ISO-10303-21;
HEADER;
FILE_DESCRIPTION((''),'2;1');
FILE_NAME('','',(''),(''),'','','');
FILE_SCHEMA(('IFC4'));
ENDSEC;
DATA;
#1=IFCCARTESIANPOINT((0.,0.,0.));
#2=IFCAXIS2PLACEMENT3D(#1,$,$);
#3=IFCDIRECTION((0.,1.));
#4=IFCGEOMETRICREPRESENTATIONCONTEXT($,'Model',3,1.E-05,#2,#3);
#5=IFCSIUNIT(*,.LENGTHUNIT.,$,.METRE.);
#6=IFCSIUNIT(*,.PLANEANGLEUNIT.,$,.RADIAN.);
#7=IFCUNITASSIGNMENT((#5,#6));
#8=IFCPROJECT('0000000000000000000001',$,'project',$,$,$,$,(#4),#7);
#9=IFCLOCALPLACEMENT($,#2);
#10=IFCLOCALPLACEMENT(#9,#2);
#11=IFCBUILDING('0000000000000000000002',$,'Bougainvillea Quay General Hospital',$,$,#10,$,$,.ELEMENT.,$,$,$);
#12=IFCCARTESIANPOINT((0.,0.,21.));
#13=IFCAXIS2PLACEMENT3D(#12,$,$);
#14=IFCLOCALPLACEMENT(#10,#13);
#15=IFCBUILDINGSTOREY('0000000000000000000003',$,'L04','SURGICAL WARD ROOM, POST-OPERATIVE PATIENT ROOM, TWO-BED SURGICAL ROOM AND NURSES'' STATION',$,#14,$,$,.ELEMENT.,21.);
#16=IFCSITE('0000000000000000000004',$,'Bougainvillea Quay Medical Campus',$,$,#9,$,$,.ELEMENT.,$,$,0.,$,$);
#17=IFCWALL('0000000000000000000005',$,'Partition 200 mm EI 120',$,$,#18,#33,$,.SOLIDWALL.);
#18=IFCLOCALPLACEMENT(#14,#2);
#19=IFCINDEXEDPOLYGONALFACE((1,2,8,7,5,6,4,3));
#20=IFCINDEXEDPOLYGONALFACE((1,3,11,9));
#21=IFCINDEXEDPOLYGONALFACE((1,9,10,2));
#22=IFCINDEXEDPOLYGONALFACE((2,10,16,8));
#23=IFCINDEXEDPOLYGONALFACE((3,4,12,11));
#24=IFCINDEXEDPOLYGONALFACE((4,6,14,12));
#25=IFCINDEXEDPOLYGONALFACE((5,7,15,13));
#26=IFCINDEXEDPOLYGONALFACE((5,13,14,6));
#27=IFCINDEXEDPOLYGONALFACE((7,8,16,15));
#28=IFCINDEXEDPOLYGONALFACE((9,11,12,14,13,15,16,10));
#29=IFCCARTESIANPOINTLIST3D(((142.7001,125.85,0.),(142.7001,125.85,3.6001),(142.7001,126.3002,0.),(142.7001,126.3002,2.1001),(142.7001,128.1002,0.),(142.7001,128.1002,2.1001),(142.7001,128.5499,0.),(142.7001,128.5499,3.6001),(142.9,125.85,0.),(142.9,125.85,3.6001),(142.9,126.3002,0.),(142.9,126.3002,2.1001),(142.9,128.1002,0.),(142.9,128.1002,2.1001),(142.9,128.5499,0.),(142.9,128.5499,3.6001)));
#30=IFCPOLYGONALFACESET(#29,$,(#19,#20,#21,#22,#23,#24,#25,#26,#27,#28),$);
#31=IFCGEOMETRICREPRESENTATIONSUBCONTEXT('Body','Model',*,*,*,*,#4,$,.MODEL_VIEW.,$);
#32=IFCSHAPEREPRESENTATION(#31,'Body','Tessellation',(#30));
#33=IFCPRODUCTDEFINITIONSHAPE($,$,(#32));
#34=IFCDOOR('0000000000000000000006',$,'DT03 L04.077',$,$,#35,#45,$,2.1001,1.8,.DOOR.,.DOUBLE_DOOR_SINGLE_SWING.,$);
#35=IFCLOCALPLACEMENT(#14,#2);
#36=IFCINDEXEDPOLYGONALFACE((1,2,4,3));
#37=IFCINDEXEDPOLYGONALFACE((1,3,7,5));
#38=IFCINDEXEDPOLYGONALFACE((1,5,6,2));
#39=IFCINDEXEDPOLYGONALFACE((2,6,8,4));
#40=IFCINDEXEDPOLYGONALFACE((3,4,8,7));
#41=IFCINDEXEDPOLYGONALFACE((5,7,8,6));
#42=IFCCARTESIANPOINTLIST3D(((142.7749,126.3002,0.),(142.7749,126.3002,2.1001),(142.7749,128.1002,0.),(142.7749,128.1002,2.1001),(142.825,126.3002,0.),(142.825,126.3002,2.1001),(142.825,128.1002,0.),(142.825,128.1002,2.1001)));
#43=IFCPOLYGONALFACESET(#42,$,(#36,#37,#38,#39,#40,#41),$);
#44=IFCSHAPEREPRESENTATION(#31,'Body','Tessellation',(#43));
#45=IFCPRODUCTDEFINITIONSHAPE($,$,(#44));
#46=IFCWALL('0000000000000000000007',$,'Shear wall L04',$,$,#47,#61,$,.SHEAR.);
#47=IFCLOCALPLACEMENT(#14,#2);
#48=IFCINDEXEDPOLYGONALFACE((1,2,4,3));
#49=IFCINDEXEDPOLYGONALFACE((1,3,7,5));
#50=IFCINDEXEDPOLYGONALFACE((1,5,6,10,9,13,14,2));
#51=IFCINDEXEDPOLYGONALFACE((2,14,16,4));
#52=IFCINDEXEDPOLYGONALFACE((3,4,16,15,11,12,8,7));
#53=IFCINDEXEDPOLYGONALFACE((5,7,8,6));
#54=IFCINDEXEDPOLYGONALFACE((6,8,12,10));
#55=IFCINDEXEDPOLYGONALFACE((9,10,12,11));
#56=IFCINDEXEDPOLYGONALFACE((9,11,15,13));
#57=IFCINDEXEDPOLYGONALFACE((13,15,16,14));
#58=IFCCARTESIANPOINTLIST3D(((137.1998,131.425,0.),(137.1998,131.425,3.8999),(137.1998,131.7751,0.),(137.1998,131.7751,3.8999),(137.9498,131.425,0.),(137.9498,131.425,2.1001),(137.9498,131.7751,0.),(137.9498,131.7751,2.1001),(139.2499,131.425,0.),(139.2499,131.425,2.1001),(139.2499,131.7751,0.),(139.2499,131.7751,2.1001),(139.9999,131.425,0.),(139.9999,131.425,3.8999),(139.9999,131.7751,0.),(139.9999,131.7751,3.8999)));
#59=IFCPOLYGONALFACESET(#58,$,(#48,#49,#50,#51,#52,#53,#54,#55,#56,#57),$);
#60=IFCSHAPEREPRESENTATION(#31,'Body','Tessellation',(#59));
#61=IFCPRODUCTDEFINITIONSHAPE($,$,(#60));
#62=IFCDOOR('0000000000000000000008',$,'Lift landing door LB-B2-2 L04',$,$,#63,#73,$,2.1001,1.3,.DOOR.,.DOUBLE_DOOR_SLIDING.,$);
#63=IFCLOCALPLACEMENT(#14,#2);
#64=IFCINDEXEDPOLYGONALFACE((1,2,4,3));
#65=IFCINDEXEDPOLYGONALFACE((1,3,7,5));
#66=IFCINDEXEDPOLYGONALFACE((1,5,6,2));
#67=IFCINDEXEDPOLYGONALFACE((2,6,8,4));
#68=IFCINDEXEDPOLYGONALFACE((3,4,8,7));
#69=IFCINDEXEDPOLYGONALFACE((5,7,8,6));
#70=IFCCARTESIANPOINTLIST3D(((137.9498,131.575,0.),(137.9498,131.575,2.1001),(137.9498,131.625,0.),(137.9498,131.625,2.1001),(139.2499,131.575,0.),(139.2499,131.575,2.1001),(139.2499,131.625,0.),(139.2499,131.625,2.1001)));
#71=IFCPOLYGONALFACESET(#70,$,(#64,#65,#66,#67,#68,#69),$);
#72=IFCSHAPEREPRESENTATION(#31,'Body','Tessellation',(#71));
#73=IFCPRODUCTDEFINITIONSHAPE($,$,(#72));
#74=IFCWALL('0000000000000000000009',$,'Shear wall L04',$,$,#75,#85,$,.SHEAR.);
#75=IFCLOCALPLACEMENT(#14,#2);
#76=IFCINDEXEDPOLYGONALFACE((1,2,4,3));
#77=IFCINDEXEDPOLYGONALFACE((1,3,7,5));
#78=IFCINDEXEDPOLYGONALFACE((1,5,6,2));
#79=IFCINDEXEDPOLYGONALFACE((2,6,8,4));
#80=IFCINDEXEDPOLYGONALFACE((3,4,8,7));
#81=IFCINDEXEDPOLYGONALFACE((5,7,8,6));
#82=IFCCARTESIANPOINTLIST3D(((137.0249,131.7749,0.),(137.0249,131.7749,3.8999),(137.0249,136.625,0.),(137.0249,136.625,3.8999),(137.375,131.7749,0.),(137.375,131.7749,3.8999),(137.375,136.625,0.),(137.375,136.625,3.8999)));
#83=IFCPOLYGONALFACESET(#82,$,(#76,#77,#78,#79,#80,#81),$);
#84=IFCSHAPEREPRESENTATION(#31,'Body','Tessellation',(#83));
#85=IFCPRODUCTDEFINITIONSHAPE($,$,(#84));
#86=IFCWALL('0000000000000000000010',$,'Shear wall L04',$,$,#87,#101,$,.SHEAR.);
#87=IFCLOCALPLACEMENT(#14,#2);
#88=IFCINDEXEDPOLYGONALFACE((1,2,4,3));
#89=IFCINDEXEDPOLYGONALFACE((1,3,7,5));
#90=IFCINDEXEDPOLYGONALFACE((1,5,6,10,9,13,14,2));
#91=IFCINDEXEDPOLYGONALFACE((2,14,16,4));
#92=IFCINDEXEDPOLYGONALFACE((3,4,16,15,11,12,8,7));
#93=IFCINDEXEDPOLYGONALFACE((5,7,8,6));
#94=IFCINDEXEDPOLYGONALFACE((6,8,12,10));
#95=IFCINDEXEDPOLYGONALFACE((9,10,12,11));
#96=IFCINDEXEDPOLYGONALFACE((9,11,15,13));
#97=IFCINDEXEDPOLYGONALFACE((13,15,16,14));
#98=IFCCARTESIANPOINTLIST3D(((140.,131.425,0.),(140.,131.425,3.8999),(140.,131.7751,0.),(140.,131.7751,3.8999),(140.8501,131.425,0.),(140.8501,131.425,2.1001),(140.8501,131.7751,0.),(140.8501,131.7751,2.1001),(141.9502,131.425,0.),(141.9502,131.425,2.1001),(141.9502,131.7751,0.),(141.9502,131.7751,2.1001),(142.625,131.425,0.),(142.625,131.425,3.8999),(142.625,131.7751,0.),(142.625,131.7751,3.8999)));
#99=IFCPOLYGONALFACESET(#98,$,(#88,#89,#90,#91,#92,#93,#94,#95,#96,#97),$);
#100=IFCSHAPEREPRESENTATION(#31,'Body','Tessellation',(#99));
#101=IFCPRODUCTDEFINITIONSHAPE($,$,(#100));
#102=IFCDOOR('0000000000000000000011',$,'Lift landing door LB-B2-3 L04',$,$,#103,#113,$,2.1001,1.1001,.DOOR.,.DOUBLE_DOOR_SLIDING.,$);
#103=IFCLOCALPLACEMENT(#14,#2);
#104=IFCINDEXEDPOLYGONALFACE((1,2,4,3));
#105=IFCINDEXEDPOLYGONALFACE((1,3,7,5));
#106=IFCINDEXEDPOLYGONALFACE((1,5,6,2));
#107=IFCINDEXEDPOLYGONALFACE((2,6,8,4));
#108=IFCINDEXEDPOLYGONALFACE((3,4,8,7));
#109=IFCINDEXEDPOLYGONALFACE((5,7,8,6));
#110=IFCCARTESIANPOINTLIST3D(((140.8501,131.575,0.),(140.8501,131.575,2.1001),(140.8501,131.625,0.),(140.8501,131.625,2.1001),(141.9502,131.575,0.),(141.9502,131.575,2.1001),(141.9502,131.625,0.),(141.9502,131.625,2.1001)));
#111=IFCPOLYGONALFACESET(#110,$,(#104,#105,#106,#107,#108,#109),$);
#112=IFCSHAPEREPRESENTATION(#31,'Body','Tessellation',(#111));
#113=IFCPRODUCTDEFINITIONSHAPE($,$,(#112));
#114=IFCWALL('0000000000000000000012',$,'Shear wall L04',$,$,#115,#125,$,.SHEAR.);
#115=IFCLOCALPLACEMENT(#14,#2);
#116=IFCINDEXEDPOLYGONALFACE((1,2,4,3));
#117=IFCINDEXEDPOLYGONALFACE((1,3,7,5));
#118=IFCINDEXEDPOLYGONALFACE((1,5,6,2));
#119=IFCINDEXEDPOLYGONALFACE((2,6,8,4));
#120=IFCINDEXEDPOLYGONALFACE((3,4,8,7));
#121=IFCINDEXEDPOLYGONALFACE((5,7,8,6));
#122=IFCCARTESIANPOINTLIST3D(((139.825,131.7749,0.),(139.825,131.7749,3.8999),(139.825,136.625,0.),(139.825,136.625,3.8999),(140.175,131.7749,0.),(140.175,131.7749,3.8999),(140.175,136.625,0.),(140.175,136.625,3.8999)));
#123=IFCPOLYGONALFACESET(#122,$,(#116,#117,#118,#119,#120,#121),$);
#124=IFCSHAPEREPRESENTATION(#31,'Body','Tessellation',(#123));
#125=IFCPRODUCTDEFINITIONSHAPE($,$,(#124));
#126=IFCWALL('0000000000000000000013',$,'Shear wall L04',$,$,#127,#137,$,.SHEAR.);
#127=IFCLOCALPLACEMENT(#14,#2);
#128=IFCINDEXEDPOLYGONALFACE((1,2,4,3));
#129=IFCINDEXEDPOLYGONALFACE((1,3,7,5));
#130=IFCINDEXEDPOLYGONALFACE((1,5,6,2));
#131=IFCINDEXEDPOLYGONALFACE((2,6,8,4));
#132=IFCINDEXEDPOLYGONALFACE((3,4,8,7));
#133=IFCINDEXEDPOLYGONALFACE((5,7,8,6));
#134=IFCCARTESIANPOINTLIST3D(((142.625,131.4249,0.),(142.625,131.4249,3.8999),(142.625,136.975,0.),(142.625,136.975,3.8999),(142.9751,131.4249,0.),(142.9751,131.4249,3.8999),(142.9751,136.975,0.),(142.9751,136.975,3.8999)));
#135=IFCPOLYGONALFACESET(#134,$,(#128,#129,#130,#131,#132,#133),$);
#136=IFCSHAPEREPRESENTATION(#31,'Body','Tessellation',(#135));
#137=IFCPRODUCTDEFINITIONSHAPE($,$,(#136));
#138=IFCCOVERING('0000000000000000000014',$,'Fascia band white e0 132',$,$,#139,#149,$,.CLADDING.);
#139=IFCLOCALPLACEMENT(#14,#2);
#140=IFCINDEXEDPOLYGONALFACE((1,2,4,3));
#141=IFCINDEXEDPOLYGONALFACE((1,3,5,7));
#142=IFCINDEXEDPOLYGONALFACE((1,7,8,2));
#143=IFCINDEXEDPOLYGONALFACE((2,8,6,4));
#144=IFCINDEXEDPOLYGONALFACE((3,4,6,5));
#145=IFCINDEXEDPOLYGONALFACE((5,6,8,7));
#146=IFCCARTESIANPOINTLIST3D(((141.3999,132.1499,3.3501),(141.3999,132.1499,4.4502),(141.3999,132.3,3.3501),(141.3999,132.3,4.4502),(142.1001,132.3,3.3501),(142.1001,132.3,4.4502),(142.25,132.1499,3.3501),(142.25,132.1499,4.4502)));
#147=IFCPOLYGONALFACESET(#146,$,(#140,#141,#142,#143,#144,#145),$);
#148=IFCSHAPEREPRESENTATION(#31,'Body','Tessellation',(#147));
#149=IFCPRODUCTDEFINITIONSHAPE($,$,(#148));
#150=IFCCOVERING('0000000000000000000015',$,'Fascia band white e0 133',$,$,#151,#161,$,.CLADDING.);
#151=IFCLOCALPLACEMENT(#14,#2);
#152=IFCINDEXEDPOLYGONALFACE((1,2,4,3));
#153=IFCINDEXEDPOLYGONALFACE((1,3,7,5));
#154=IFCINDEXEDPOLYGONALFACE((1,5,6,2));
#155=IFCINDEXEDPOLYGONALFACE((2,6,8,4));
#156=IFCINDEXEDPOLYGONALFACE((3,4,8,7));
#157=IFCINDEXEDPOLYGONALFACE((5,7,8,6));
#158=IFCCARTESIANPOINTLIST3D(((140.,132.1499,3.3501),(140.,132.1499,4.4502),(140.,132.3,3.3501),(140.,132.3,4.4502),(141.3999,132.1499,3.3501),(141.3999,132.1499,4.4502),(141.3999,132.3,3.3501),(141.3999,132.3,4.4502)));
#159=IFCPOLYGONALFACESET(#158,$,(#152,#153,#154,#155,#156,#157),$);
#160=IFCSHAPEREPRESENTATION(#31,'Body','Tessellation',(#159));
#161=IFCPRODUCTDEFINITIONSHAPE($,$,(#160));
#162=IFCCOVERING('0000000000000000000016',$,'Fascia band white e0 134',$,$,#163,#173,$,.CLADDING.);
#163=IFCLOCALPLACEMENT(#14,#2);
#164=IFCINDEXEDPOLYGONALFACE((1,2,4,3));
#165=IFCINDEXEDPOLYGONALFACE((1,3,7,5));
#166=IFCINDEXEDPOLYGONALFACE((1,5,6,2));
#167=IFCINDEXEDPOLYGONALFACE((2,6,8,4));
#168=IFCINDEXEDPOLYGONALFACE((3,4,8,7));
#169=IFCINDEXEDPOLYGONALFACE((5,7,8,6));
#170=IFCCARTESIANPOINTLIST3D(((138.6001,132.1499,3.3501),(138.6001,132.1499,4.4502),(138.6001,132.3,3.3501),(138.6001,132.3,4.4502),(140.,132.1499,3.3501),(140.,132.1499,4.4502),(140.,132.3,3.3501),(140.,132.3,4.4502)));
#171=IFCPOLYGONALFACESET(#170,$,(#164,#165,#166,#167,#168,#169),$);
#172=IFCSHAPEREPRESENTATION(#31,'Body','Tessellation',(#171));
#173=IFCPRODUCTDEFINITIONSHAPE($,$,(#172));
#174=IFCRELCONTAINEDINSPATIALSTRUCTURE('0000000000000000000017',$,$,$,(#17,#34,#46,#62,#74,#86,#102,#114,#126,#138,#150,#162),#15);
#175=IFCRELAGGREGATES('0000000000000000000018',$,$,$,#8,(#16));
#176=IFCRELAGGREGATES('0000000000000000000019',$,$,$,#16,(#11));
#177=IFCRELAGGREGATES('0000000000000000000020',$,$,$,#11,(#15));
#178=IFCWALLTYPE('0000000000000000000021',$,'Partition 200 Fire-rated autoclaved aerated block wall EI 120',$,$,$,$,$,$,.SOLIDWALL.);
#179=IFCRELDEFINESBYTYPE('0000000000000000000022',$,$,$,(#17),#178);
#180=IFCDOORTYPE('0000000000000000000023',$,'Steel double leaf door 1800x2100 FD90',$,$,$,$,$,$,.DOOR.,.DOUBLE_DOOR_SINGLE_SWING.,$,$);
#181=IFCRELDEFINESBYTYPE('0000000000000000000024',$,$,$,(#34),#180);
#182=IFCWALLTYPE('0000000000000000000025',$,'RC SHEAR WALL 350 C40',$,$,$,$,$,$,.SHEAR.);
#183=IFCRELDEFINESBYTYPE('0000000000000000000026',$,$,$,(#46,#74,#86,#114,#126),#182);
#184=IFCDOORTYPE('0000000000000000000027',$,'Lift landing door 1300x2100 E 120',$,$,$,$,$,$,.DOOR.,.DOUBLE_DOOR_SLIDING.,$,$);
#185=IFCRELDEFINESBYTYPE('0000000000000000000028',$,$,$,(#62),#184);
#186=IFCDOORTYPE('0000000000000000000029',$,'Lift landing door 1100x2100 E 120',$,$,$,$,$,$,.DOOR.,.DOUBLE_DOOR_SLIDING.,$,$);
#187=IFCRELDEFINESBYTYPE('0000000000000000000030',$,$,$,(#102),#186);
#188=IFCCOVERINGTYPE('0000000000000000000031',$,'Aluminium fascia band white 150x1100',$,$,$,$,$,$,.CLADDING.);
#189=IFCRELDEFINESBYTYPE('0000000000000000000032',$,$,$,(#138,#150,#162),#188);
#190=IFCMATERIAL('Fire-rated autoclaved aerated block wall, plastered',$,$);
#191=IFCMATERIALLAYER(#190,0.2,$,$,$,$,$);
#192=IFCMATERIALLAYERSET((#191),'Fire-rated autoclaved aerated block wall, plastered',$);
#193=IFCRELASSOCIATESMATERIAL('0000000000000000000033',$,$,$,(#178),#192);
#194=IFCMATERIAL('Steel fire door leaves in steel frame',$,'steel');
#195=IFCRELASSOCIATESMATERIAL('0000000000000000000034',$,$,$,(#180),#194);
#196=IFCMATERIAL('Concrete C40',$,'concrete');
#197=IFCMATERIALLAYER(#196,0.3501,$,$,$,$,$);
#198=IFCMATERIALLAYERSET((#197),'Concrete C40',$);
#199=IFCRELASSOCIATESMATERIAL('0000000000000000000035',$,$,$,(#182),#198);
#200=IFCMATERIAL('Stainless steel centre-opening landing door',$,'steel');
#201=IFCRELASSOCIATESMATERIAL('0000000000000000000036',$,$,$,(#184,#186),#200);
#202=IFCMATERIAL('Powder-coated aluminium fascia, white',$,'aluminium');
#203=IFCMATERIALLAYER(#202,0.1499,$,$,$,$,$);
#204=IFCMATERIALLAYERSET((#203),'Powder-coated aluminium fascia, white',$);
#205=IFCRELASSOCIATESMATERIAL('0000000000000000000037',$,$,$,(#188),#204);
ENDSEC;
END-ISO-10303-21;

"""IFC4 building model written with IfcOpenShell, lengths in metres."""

from ifc_helpers import new_model, si_unit, direction, frame, frame_2d, origin, place, context, subcontext, project, spatial, polyline, rectangle, outline, extrude, material, layer, layer_set, type_object, element, fill, save


model = new_model("IFC4")

# Units and contexts
model_context = context("Model", 3, precision=1e-05, world=origin(), true_north=direction((0.0, 1.0)))
body_context = subcontext(model_context, "Body", "Model", "MODEL_VIEW")
ifc_project = project(units=[si_unit("LENGTHUNIT", "METRE"), si_unit("PLANEANGLEUNIT", "RADIAN")], contexts=[model_context])

# Site, building, storey
site_placement = place(None, origin())
site = spatial("IfcSite", under=ifc_project, at=site_placement, Name="Bougainvillea Quay Medical Campus", CompositionType="ELEMENT", RefElevation=0.0)
building_placement = place(site_placement, origin())
building = spatial("IfcBuilding", under=site, at=building_placement, Name="Bougainvillea Quay General Hospital", CompositionType="ELEMENT")
storey_placement = place(building_placement, frame((0.0, 0.0, 21.0)))
storey = spatial("IfcBuildingStorey", under=building, at=storey_placement, Name="L04", Description="SURGICAL WARD ROOM, POST-OPERATIVE PATIENT ROOM, TWO-BED SURGICAL ROOM AND NURSES' STATION", CompositionType="ELEMENT", Elevation=21.0)

# Shared definitions
ifc_material_1 = material(Name="Concrete C40", Category="concrete")

# Shared definitions
ifc_material_2 = material(Name="Fire-rated autoclaved aerated block wall, plastered")
ifc_layer_1 = layer(ifc_material_2, 0.2)
ifc_layer_set_1 = layer_set([ifc_layer_1], Name="Fire-rated autoclaved aerated block wall, plastered")
wall_type_1 = type_object("IfcWallType", Name="Partition 200 Fire-rated autoclaved aerated block wall EI 120", PredefinedType="SOLIDWALL", material=ifc_layer_set_1)

# Walls, openings, doors
wall_1_placement = place(storey_placement, frame((142.8, 128.55, 0.0), z_axis=(0.0, 0.0, 1.0), x_axis=(0.0, -1.0, 0.0)))
wall_1 = element("IfcWall", 1, at=wall_1_placement, inside=storey, type_object=wall_type_1, Name="Partition 200 mm EI 120", PredefinedType="SOLIDWALL", context=body_context, shape_type="SweptSolid", body=[
    extrude(rectangle(XDim=2.7, YDim=0.2, at=frame_2d((1.3501, 0.0))), origin(), (0.0, 0.0, 1.0), 3.6001),
])
opening_1_placement = place(wall_1_placement, frame((0.45, 0.0, 0.0)))
opening_1 = element("IfcOpeningElement", 2, at=opening_1_placement, cuts=wall_1, PredefinedType="OPENING", context=body_context, shape_type="SweptSolid", body=[
    extrude(rectangle(XDim=1.8, YDim=2.1001, at=frame_2d((0.8999, 1.05))), frame((0.0, 0.1099, 0.0), z_axis=(0.0, -1.0, 0.0), x_axis=(1.0, 0.0, 0.0)), (0.0, 0.0, 1.0), 0.22),
])
ifc_material_3 = material(Name="Steel fire door leaves in steel frame", Category="steel")
door_type_1 = type_object("IfcDoorType", Name="Steel double leaf door 1800x2100 FD90", OperationType="DOUBLE_DOOR_SINGLE_SWING", PredefinedType="DOOR", material=ifc_material_3)
door_1_placement = place(opening_1_placement, origin())
door_1 = element("IfcDoor", 3, at=door_1_placement, inside=storey, type_object=door_type_1, Name="DT03 L04.077", OperationType="DOUBLE_DOOR_SINGLE_SWING", OverallHeight=2.1001, OverallWidth=1.8, PredefinedType="DOOR", context=body_context, shape_type="SweptSolid", body=[
    extrude(rectangle(XDim=1.8, YDim=2.1001, at=frame_2d((0.8999, 1.05))), frame((0.0, 0.0249, 0.0), z_axis=(0.0, -1.0, 0.0), x_axis=(1.0, 0.0, 0.0)), (0.0, 0.0, 1.0), 0.05),
])
fill(opening_1, door_1)
ifc_layer_2 = layer(ifc_material_1, 0.3501)
ifc_layer_set_2 = layer_set([ifc_layer_2], Name="Concrete C40")
wall_type_2 = type_object("IfcWallType", Name="RC SHEAR WALL 350 C40", PredefinedType="SHEAR", material=ifc_layer_set_2)
wall_2_placement = place(storey_placement, frame((137.2, 131.6001, 0.0), z_axis=(0.0, 0.0, 1.0), x_axis=(1.0, 0.0, 0.0)))
wall_2 = element("IfcWall", 4, at=wall_2_placement, inside=storey, type_object=wall_type_2, Name="Shear wall L04", PredefinedType="SHEAR", context=body_context, shape_type="SweptSolid", body=[
    extrude(rectangle(XDim=2.8, YDim=0.3501, at=frame_2d((1.3999, 0.0))), origin(), (0.0, 0.0, 1.0), 3.8999),
])
opening_2_placement = place(wall_2_placement, frame((0.75, 0.0, 0.0)))
opening_2 = element("IfcOpeningElement", 5, at=opening_2_placement, cuts=wall_2, PredefinedType="OPENING", context=body_context, shape_type="SweptSolid", body=[
    extrude(rectangle(XDim=1.3, YDim=2.1001, at=frame_2d((0.6499, 1.05))), frame((0.0, 0.1851, 0.0), z_axis=(0.0, -1.0, 0.0), x_axis=(1.0, 0.0, 0.0)), (0.0, 0.0, 1.0), 0.3701),
])
ifc_material_4 = material(Name="Stainless steel centre-opening landing door", Category="steel")
door_type_2 = type_object("IfcDoorType", Name="Lift landing door 1300x2100 E 120", OperationType="DOUBLE_DOOR_SLIDING", PredefinedType="DOOR", material=ifc_material_4)
door_2_placement = place(opening_2_placement, origin())
door_2 = element("IfcDoor", 6, at=door_2_placement, inside=storey, type_object=door_type_2, Name="Lift landing door LB-B2-2 L04", OperationType="DOUBLE_DOOR_SLIDING", OverallHeight=2.1001, OverallWidth=1.3, PredefinedType="DOOR", context=body_context, shape_type="SweptSolid", body=[
    extrude(rectangle(XDim=1.3, YDim=2.1001, at=frame_2d((0.6499, 1.05))), frame((0.0, 0.0249, 0.0), z_axis=(0.0, -1.0, 0.0), x_axis=(1.0, 0.0, 0.0)), (0.0, 0.0, 1.0), 0.05),
])
fill(opening_2, door_2)

# Wall
wall_3_placement = place(storey_placement, frame((137.2, 131.7749, 0.0), z_axis=(0.0, 0.0, 1.0), x_axis=(0.0, 1.0, 0.0)))
element("IfcWall", 7, at=wall_3_placement, inside=storey, type_object=wall_type_2, Name="Shear wall L04", PredefinedType="SHEAR", context=body_context, shape_type="SweptSolid", body=[
    extrude(rectangle(XDim=4.8501, YDim=0.3501, at=frame_2d((2.425, 0.0))), origin(), (0.0, 0.0, 1.0), 3.8999),
])

# Wall, opening, door
wall_4_placement = place(storey_placement, frame((140.0, 131.6001, 0.0), z_axis=(0.0, 0.0, 1.0), x_axis=(1.0, 0.0, 0.0)))
wall_4 = element("IfcWall", 8, at=wall_4_placement, inside=storey, type_object=wall_type_2, Name="Shear wall L04", PredefinedType="SHEAR", context=body_context, shape_type="SweptSolid", body=[
    extrude(rectangle(XDim=2.625, YDim=0.3501, at=frame_2d((1.3125, 0.0))), origin(), (0.0, 0.0, 1.0), 3.8999),
])
opening_3_placement = place(wall_4_placement, frame((0.8501, 0.0, 0.0)))
opening_3 = element("IfcOpeningElement", 9, at=opening_3_placement, cuts=wall_4, PredefinedType="OPENING", context=body_context, shape_type="SweptSolid", body=[
    extrude(rectangle(XDim=1.1001, YDim=2.1001, at=frame_2d((0.55, 1.05))), frame((0.0, 0.1851, 0.0), z_axis=(0.0, -1.0, 0.0), x_axis=(1.0, 0.0, 0.0)), (0.0, 0.0, 1.0), 0.3701),
])
door_type_3 = type_object("IfcDoorType", Name="Lift landing door 1100x2100 E 120", OperationType="DOUBLE_DOOR_SLIDING", PredefinedType="DOOR", material=ifc_material_4)
door_3_placement = place(opening_3_placement, origin())
door_3 = element("IfcDoor", 10, at=door_3_placement, inside=storey, type_object=door_type_3, Name="Lift landing door LB-B2-3 L04", OperationType="DOUBLE_DOOR_SLIDING", OverallHeight=2.1001, OverallWidth=1.1001, PredefinedType="DOOR", context=body_context, shape_type="SweptSolid", body=[
    extrude(rectangle(XDim=1.1001, YDim=2.1001, at=frame_2d((0.55, 1.05))), frame((0.0, 0.0249, 0.0), z_axis=(0.0, -1.0, 0.0), x_axis=(1.0, 0.0, 0.0)), (0.0, 0.0, 1.0), 0.05),
])
fill(opening_3, door_3)

# Walls
wall_5_placement = place(storey_placement, frame((140.0, 131.7749, 0.0), z_axis=(0.0, 0.0, 1.0), x_axis=(0.0, 1.0, 0.0)))
element("IfcWall", 11, at=wall_5_placement, inside=storey, type_object=wall_type_2, Name="Shear wall L04", PredefinedType="SHEAR", context=body_context, shape_type="SweptSolid", body=[
    extrude(rectangle(XDim=4.8501, YDim=0.3501, at=frame_2d((2.425, 0.0))), origin(), (0.0, 0.0, 1.0), 3.8999),
])
wall_6_placement = place(storey_placement, frame((142.8, 131.425, 0.0), z_axis=(0.0, 0.0, 1.0), x_axis=(0.0, 1.0, 0.0)))
element("IfcWall", 12, at=wall_6_placement, inside=storey, type_object=wall_type_2, Name="Shear wall L04", PredefinedType="SHEAR", context=body_context, shape_type="SweptSolid", body=[
    extrude(rectangle(XDim=5.55, YDim=0.3501, at=frame_2d((2.7749, 0.0))), origin(), (0.0, 0.0, 1.0), 3.8999),
])

# Coverings
ifc_material_5 = material(Name="Powder-coated aluminium fascia, white", Category="aluminium")
ifc_layer_3 = layer(ifc_material_5, 0.1499)
ifc_layer_set_3 = layer_set([ifc_layer_3], Name="Powder-coated aluminium fascia, white")
covering_type = type_object("IfcCoveringType", Name="Aluminium fascia band white 150x1100", PredefinedType="CLADDING", material=ifc_layer_set_3)
covering_1_placement = place(storey_placement, frame((142.25, 132.1499, 3.3501), z_axis=(0.0, 0.0, 1.0), x_axis=(-1.0, 0.0, 0.0)))
element("IfcCovering", 13, at=covering_1_placement, inside=storey, type_object=covering_type, Name="Fascia band white e0 132", PredefinedType="CLADDING", context=body_context, shape_type="SweptSolid", body=[
    extrude(outline(polyline([(0.0, 0.0), (0.8501, 0.0), (0.8501, -0.1501), (0.1499, -0.1501), (0.0, 0.0)])), origin(), (0.0, 0.0, 1.0), 1.1001),
])
for number, where, z_axis, x_axis, name in (
    (14, (141.3999, 132.1499, 3.3501), (0.0, 0.0, 1.0), (-1.0, 0.0, 0.0), "Fascia band white e0 133"),
    (15, (140.0, 132.1499, 3.3501), (0.0, 0.0, 1.0), (-1.0, 0.0, 0.0), "Fascia band white e0 134"),
):
    element("IfcCovering", number, at=place(storey_placement, frame(where, z_axis=z_axis, x_axis=x_axis)), inside=storey, type_object=covering_type, Name=name, PredefinedType="CLADDING", context=body_context, shape_type="SweptSolid", body=[
        extrude(outline(polyline([(0.0, 0.0), (1.3999, 0.0), (1.3999, -0.1501), (0.0, -0.1501), (0.0, 0.0)])), origin(), (0.0, 0.0, 1.0), 1.1001),
    ])

save(model, "model.ifc")
